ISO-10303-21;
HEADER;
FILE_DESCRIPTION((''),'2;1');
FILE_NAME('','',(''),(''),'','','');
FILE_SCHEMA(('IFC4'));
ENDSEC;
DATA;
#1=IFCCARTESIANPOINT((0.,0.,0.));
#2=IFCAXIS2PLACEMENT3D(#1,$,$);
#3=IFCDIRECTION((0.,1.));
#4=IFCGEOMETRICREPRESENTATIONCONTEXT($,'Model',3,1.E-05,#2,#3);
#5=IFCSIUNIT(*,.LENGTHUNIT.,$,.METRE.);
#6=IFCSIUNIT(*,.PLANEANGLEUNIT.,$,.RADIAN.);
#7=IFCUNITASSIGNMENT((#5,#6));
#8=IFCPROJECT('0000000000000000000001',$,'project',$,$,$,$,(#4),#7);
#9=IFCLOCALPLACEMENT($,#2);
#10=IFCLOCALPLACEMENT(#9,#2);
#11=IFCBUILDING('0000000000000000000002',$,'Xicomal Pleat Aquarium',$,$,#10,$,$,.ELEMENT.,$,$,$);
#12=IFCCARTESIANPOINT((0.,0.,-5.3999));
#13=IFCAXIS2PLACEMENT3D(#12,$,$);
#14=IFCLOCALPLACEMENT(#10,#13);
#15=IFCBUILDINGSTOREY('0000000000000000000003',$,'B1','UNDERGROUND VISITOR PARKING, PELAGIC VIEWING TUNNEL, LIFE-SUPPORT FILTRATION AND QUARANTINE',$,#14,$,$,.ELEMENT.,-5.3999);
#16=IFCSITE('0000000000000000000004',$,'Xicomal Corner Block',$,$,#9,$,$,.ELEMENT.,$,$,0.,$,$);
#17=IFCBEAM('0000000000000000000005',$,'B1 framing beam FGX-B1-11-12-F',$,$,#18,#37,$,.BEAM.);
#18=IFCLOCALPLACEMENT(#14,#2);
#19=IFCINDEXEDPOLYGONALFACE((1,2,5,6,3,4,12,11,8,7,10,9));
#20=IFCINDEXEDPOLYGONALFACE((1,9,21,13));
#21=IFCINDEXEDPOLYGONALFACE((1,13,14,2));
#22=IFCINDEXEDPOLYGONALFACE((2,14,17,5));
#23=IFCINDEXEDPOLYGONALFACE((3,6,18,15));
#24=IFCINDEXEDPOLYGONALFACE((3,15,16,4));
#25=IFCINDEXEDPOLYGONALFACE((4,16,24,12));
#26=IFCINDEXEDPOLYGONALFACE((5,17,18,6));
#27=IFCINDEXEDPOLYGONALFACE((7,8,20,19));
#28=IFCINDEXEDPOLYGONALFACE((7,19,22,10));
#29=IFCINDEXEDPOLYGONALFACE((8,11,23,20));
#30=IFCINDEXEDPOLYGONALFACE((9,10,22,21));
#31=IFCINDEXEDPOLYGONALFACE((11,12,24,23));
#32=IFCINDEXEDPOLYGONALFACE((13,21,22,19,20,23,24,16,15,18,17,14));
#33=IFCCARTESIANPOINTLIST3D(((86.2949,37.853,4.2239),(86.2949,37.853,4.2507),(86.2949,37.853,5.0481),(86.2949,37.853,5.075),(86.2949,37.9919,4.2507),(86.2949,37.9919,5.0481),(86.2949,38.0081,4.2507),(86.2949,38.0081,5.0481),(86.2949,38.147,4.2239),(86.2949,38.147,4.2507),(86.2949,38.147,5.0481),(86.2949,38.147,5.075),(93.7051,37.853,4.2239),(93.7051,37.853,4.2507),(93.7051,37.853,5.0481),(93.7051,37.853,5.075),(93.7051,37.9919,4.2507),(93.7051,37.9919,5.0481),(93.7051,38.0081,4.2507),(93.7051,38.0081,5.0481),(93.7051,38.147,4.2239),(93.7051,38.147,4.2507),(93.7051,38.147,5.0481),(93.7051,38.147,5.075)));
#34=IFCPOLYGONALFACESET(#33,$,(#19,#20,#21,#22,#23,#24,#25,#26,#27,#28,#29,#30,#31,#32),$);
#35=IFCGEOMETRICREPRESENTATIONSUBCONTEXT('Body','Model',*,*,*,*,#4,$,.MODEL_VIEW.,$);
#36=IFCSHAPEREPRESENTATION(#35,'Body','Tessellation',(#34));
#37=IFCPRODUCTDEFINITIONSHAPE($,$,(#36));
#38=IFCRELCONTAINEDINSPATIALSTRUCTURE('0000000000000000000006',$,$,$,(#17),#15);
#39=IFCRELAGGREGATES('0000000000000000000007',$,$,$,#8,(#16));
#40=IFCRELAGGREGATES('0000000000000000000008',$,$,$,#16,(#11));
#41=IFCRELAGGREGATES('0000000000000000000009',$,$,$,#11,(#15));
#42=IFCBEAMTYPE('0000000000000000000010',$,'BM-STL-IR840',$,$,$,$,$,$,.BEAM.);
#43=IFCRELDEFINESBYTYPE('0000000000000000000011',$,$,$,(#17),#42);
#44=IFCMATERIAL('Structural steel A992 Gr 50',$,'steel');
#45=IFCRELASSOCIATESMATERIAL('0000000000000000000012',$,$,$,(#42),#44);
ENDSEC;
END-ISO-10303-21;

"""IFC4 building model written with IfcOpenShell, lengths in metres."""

from ifc_helpers import new_model, si_unit, direction, frame, origin, origin_2d, place, context, subcontext, project, spatial, i_section, extrude, material, material_profile, profile_set, type_object, element, save


model = new_model("IFC4")

# Units and contexts
model_context = context("Model", 3, precision=1e-05, world=origin(), true_north=direction((0.0, 1.0)))
body_context = subcontext(model_context, "Body", "Model", "MODEL_VIEW")
ifc_project = project(units=[si_unit("LENGTHUNIT", "METRE"), si_unit("PLANEANGLEUNIT", "RADIAN")], contexts=[model_context])

# Site, building, storey
site_placement = place(None, origin())
site = spatial("IfcSite", under=ifc_project, at=site_placement, Name="Xicomal Corner Block", CompositionType="ELEMENT", RefElevation=0.0)
building_placement = place(site_placement, origin())
building = spatial("IfcBuilding", under=site, at=building_placement, Name="Xicomal Pleat Aquarium", CompositionType="ELEMENT")
storey_placement = place(building_placement, frame((0.0, 0.0, -5.3999)))
storey = spatial("IfcBuildingStorey", under=building, at=storey_placement, Name="B1", Description="UNDERGROUND VISITOR PARKING, PELAGIC VIEWING TUNNEL, LIFE-SUPPORT FILTRATION AND QUARANTINE", CompositionType="ELEMENT", Elevation=-5.3999)

# Beam
ifc_material_1 = material(Name="Structural steel A992 Gr 50", Category="steel")
ifc_material_profile_1 = material_profile(ifc_material_1, i_section(OverallWidth=0.2939, OverallDepth=0.8511, WebThickness=0.0161, FlangeThickness=0.0269, at=origin_2d()), Name="IR 840x226")
ifc_profile_set_1 = profile_set([ifc_material_profile_1], Name="Structural steel A992 Gr 50")
beam_type_1 = type_object("IfcBeamType", Name="BM-STL-IR840", PredefinedType="BEAM", material=ifc_profile_set_1)
beam_1_placement = place(storey_placement, frame((86.2949, 38.0, 4.6494), z_axis=(1.0, 0.0, 0.0), x_axis=(0.0, 1.0, 0.0)))
element("IfcBeam", 1, at=beam_1_placement, inside=storey, type_object=beam_type_1, Name="B1 framing beam FGX-B1-11-12-F", PredefinedType="BEAM", context=body_context, shape_type="SweptSolid", body=[
    extrude(i_section(OverallWidth=0.2939, OverallDepth=0.8511, WebThickness=0.0161, FlangeThickness=0.0269, at=origin_2d()), origin(), (0.0, 0.0, 1.0), 7.4102),
])

save(model, "model.ifc")
